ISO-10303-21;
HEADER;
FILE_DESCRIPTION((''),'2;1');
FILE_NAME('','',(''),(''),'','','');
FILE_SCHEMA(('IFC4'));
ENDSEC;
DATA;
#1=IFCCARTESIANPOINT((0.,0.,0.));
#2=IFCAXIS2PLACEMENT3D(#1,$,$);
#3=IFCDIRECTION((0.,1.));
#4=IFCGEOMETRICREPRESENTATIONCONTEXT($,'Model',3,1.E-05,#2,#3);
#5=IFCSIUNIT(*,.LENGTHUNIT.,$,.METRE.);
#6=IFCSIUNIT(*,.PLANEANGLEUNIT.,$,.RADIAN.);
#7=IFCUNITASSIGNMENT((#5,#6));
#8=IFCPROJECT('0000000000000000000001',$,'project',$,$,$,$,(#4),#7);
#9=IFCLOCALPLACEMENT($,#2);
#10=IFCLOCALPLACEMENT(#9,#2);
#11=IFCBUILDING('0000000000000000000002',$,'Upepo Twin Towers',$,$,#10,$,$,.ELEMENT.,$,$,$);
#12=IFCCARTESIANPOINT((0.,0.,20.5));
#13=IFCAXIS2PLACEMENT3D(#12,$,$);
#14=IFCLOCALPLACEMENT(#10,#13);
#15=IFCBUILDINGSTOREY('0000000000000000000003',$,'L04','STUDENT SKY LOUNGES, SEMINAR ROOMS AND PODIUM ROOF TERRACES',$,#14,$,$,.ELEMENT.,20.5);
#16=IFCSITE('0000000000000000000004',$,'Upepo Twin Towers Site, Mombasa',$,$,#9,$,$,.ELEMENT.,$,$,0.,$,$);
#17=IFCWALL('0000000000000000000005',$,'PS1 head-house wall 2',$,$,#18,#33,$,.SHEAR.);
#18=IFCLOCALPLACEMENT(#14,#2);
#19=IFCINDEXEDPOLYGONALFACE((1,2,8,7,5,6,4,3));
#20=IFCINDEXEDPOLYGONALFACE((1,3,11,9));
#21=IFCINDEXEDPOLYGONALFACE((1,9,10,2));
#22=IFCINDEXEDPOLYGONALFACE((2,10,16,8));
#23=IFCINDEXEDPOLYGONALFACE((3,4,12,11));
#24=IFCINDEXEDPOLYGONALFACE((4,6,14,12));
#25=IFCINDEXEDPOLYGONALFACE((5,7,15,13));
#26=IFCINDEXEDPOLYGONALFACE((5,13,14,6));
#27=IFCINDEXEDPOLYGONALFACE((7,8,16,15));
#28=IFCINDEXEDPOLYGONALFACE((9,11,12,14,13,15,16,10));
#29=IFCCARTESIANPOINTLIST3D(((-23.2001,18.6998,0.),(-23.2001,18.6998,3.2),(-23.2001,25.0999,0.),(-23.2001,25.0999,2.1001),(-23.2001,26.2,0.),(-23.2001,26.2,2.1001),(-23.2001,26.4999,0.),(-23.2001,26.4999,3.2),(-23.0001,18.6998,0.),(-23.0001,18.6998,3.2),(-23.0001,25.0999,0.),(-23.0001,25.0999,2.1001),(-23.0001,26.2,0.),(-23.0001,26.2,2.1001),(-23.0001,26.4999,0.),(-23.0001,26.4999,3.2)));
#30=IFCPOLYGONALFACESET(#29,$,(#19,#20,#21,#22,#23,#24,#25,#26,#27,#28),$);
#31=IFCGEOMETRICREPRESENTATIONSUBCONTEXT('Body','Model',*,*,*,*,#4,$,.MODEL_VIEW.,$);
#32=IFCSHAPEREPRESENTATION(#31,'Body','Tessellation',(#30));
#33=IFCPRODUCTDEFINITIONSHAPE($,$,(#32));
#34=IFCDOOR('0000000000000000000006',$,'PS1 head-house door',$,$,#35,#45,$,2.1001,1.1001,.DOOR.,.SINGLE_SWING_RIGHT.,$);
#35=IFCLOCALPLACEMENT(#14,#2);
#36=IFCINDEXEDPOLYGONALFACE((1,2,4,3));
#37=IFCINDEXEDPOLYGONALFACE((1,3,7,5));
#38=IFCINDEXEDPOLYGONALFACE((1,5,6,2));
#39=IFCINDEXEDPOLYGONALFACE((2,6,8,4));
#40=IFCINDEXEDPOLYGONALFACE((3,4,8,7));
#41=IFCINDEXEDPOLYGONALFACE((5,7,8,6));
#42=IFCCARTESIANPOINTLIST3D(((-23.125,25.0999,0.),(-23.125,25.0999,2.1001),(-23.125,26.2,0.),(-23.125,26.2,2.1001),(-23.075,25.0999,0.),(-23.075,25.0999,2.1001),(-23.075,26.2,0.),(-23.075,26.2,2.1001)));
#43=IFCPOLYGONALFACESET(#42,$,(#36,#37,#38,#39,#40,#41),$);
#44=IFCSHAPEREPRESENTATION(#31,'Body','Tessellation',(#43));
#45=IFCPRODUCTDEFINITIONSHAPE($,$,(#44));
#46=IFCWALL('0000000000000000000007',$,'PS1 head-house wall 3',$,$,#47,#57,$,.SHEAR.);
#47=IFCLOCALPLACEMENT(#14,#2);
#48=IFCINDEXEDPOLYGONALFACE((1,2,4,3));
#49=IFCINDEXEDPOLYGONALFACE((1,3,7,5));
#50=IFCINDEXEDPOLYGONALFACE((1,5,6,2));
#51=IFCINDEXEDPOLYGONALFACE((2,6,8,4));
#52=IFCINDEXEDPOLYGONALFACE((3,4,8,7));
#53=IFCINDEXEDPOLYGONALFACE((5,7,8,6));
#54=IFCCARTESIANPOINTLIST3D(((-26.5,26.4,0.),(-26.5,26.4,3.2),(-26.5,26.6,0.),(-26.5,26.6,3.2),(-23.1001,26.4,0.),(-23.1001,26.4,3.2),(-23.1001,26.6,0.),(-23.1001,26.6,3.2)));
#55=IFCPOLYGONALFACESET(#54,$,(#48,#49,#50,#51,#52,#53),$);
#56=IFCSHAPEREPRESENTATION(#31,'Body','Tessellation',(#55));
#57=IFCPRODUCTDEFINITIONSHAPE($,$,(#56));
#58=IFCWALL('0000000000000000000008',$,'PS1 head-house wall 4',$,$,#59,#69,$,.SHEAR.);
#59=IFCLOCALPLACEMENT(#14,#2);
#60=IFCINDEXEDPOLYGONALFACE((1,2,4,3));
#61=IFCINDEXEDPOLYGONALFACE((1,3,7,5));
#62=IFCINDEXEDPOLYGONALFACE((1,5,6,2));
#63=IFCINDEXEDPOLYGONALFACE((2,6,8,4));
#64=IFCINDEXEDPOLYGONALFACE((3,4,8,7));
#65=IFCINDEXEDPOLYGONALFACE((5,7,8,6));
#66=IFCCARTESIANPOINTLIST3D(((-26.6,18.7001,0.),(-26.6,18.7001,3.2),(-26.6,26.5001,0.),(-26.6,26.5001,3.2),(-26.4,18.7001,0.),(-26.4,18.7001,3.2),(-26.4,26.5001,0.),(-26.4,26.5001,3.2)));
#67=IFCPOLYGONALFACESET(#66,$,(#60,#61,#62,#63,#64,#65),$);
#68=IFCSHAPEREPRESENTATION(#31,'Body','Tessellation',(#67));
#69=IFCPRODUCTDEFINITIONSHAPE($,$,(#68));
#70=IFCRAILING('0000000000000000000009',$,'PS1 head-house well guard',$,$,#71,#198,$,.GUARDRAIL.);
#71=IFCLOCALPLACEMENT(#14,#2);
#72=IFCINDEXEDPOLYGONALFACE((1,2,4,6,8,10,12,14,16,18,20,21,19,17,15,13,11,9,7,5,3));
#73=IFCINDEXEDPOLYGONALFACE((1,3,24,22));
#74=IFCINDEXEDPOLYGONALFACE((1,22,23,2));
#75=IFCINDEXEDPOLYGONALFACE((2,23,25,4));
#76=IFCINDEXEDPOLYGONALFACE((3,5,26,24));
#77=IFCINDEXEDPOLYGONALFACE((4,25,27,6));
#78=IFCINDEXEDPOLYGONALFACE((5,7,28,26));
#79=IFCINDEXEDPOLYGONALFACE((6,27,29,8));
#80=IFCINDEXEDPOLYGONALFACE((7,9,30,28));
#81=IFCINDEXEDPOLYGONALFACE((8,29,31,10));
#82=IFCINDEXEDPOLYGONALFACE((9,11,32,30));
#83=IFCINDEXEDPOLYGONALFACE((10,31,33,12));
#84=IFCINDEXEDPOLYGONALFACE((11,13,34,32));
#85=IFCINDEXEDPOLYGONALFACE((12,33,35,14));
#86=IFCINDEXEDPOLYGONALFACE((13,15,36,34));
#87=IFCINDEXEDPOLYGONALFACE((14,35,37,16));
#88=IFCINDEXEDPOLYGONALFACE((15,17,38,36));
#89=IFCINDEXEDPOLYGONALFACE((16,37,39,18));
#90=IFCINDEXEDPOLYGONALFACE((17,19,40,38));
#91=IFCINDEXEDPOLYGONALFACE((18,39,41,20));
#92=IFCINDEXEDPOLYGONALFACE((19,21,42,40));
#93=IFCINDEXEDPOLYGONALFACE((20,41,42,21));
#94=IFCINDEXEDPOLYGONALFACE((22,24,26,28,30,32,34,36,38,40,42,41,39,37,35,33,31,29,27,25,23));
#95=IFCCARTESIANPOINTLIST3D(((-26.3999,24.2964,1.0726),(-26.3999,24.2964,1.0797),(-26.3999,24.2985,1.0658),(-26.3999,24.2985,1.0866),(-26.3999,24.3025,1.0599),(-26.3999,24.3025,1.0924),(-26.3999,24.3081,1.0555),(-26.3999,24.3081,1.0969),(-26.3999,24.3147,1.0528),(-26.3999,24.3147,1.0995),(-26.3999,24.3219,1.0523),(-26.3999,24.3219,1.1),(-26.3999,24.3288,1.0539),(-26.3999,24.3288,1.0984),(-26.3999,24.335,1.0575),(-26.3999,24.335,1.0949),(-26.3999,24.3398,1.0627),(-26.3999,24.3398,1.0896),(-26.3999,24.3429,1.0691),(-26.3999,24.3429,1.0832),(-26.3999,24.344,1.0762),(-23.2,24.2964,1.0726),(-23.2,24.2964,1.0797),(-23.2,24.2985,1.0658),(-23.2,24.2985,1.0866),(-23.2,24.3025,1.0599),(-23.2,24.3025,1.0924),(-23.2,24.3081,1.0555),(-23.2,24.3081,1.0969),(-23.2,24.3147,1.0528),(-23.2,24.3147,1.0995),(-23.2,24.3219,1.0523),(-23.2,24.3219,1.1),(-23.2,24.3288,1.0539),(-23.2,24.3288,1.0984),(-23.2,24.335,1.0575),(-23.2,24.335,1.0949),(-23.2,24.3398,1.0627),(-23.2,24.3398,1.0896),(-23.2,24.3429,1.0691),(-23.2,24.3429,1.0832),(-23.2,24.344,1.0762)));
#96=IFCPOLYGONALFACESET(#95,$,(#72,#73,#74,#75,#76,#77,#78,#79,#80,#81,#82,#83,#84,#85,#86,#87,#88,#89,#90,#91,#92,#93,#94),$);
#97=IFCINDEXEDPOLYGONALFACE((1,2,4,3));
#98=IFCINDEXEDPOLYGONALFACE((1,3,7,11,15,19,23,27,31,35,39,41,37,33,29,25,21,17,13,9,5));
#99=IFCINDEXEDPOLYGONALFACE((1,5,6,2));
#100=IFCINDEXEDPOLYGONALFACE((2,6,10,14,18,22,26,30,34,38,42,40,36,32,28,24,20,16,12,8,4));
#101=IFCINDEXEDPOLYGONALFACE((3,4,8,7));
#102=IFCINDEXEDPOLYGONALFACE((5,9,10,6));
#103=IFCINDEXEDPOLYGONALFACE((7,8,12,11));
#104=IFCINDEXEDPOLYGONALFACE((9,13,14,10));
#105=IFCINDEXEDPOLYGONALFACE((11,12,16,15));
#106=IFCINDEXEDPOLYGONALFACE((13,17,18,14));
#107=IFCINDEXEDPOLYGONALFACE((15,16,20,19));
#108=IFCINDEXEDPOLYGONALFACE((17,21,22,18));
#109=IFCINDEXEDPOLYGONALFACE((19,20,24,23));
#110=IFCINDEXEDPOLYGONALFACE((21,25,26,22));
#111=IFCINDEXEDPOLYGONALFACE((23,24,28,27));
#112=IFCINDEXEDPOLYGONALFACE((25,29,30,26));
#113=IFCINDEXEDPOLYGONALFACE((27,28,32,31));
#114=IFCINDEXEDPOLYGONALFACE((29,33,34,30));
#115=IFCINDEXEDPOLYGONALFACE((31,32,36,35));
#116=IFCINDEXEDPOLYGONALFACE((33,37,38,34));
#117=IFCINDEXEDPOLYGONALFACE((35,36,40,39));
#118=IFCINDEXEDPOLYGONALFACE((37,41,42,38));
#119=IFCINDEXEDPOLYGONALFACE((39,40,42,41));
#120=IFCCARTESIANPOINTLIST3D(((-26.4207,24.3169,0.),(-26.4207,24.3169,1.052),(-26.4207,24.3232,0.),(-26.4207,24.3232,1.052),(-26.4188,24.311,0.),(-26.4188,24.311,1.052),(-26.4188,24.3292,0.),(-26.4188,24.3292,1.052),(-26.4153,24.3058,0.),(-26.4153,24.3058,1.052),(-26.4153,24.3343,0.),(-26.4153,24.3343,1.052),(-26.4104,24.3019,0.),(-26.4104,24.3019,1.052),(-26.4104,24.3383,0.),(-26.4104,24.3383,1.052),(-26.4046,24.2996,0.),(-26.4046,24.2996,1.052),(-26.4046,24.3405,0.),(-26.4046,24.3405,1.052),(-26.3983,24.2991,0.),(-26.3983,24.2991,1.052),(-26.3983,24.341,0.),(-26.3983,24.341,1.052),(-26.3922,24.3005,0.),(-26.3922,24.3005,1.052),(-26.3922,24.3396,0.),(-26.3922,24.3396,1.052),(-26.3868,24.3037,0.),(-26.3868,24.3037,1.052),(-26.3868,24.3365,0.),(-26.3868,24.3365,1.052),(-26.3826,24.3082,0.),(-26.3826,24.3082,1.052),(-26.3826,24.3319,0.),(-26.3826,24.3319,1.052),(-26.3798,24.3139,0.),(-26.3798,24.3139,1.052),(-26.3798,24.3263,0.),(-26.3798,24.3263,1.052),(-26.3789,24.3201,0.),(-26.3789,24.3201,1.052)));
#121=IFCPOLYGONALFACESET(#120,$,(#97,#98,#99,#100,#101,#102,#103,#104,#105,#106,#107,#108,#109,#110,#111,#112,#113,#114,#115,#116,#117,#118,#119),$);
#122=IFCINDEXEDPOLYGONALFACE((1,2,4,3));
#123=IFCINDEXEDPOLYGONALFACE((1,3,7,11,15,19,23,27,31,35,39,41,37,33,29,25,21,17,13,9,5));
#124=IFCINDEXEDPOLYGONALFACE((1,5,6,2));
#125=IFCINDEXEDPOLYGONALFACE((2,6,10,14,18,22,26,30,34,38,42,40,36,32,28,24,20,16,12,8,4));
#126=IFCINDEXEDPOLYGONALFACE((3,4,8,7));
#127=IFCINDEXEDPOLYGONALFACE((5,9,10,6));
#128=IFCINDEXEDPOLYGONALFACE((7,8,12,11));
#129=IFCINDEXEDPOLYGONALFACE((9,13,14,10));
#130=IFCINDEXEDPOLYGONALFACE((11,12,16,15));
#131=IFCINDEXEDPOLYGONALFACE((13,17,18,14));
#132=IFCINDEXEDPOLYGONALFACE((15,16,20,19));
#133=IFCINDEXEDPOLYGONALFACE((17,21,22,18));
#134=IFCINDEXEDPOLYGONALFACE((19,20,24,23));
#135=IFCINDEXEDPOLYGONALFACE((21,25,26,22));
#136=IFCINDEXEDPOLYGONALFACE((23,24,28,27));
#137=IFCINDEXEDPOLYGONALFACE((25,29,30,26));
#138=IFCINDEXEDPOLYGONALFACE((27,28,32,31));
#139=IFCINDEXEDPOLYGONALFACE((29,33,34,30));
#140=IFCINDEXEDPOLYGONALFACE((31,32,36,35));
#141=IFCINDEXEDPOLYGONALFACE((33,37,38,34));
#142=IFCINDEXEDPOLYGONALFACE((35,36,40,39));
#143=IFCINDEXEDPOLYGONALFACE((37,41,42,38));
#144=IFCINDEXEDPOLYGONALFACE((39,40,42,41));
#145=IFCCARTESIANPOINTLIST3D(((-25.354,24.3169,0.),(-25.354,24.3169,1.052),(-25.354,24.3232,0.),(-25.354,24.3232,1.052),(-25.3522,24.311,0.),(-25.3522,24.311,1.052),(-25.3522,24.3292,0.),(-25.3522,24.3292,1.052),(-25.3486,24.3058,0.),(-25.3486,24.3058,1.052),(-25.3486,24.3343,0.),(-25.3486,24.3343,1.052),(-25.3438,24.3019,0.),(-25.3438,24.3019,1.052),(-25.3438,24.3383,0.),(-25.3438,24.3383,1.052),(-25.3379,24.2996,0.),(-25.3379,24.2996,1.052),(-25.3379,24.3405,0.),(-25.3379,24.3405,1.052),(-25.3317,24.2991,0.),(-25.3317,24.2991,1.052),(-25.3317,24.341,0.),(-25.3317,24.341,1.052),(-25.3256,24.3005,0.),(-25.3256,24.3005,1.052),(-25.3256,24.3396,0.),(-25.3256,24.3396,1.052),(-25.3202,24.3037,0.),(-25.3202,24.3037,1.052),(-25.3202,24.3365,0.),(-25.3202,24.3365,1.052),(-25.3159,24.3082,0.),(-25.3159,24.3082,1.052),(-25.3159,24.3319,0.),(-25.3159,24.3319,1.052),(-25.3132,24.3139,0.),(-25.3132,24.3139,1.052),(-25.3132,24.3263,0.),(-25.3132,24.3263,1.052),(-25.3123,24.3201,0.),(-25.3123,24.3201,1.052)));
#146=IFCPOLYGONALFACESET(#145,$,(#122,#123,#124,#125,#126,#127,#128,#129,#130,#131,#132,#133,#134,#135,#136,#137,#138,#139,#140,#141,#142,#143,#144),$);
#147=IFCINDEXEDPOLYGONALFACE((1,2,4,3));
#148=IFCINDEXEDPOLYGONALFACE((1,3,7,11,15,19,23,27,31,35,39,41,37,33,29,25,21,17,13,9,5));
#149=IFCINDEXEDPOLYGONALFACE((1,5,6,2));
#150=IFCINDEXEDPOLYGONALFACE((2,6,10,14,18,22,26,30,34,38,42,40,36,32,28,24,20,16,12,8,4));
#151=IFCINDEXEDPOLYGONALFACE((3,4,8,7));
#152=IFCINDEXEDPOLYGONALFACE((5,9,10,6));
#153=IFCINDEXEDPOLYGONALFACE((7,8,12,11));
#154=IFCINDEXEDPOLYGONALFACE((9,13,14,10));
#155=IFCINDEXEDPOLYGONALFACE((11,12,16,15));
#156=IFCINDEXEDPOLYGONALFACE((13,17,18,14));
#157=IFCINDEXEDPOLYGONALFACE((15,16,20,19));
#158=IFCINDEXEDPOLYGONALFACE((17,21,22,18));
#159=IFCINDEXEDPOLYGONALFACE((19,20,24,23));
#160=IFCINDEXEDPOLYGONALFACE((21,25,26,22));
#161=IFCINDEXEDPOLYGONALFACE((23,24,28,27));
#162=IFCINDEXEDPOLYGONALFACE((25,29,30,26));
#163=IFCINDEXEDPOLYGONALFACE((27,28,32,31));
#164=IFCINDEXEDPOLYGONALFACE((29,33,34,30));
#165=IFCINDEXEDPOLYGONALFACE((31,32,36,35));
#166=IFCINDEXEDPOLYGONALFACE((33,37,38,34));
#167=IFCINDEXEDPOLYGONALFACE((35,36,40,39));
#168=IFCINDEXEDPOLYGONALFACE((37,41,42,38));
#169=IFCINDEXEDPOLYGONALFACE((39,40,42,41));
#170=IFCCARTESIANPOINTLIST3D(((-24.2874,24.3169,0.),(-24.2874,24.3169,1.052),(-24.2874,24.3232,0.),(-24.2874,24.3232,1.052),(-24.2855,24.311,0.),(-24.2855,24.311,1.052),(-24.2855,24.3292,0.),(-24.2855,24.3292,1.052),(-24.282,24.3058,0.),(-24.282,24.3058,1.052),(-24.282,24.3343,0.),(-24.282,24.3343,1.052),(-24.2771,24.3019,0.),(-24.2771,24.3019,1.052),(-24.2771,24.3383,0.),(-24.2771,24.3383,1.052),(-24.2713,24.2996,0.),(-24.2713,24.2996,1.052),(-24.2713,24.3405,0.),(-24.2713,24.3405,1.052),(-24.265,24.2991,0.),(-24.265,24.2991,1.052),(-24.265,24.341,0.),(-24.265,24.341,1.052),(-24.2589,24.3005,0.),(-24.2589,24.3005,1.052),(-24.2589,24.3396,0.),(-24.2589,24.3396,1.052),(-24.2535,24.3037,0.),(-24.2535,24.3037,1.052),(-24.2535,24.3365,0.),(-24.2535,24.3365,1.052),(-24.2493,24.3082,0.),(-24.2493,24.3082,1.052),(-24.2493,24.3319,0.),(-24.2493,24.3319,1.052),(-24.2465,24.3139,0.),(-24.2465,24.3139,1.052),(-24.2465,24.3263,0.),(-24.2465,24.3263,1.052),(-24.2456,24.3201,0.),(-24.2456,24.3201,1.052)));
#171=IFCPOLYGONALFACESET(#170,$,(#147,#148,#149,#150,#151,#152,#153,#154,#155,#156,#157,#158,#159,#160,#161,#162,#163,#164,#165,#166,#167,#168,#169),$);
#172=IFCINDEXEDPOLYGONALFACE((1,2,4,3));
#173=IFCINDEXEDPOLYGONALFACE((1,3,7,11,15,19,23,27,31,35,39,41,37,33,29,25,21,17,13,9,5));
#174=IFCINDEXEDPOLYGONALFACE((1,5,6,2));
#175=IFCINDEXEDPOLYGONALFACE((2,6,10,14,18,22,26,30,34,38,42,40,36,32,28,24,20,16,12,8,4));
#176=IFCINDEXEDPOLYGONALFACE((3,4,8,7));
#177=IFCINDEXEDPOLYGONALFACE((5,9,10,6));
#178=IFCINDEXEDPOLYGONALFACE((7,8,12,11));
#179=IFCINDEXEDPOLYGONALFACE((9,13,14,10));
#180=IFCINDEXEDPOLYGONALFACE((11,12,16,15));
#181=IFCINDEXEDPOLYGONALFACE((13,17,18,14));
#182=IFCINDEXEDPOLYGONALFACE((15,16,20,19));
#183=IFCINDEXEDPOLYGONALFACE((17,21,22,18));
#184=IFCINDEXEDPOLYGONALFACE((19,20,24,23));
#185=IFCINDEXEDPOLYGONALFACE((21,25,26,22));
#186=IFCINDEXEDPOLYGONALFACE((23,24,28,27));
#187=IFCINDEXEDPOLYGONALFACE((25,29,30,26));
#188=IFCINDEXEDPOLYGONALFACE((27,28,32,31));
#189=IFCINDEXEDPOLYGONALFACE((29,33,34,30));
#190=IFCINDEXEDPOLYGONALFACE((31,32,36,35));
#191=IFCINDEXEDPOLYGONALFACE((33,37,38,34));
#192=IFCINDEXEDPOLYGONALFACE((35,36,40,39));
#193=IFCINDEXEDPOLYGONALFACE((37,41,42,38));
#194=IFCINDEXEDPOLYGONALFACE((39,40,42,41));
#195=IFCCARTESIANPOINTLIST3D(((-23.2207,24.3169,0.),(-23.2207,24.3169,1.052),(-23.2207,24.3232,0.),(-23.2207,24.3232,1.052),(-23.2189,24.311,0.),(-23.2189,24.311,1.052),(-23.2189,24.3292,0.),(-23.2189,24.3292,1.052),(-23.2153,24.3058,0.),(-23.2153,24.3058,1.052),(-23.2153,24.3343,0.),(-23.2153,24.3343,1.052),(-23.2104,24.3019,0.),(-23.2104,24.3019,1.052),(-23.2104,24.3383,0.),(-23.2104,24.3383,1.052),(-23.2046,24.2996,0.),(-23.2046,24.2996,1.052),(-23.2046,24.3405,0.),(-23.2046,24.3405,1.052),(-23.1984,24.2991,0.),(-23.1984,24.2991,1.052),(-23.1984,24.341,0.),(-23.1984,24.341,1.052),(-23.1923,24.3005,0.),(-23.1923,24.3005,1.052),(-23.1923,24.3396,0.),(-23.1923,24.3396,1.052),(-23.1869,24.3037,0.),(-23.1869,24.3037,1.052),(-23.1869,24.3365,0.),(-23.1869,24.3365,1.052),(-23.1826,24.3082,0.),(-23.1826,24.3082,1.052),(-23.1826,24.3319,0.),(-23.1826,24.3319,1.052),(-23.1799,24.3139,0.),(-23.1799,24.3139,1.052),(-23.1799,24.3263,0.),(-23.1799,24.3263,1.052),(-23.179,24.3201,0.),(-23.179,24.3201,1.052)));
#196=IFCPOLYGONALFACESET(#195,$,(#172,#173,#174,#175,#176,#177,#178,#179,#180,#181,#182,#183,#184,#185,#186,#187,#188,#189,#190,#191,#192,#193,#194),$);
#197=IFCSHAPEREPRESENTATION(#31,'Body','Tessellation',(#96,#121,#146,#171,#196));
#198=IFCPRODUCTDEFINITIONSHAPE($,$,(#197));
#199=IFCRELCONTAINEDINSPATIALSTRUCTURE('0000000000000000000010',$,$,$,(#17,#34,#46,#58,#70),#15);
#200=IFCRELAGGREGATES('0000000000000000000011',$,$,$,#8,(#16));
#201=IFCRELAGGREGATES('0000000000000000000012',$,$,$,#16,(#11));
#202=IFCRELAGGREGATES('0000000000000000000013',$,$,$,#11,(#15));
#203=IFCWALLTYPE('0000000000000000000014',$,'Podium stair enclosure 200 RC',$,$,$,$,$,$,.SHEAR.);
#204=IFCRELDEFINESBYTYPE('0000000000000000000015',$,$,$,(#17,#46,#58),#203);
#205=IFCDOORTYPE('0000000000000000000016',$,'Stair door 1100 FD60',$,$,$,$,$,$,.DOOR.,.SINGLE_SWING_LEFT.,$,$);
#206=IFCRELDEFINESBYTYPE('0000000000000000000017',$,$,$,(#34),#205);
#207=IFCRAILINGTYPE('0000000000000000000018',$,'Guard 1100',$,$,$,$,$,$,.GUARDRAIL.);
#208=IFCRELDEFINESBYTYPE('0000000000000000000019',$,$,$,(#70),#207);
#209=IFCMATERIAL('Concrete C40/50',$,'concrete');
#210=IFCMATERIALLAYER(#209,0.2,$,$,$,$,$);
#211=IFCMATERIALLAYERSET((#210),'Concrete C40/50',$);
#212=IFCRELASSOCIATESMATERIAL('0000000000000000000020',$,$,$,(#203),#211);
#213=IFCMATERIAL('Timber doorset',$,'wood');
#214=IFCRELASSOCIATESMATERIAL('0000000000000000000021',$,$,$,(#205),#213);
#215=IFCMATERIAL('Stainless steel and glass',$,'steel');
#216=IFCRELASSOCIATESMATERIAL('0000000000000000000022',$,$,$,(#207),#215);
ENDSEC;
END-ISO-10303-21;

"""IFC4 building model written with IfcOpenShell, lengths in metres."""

from ifc_helpers import new_model, si_unit, direction, frame, frame_2d, origin, origin_2d, place, context, subcontext, project, spatial, rectangle, circle, extrude, material, layer, layer_set, type_object, element, fill, save


model = new_model("IFC4")

# Units and contexts
model_context = context("Model", 3, precision=1e-05, world=origin(), true_north=direction((0.0, 1.0)))
body_context = subcontext(model_context, "Body", "Model", "MODEL_VIEW")
ifc_project = project(units=[si_unit("LENGTHUNIT", "METRE"), si_unit("PLANEANGLEUNIT", "RADIAN")], contexts=[model_context])

# Site, building, storey
site_placement = place(None, origin())
site = spatial("IfcSite", under=ifc_project, at=site_placement, Name="Upepo Twin Towers Site, Mombasa", CompositionType="ELEMENT", RefElevation=0.0)
building_placement = place(site_placement, origin())
building = spatial("IfcBuilding", under=site, at=building_placement, Name="Upepo Twin Towers", CompositionType="ELEMENT")
storey_placement = place(building_placement, frame((0.0, 0.0, 20.5)))
storey = spatial("IfcBuildingStorey", under=building, at=storey_placement, Name="L04", Description="STUDENT SKY LOUNGES, SEMINAR ROOMS AND PODIUM ROOF TERRACES", CompositionType="ELEMENT", Elevation=20.5)

# Shared definitions
ifc_material_1 = material(Name="Concrete C40/50", Category="concrete")
ifc_layer_1 = layer(ifc_material_1, 0.2)
ifc_layer_set_1 = layer_set([ifc_layer_1], Name="Concrete C40/50")
wall_type_1 = type_object("IfcWallType", Name="Podium stair enclosure 200 RC", PredefinedType="SHEAR", material=ifc_layer_set_1)

# Wall, opening, door
wall_1_placement = place(storey_placement, frame((-23.1001, 18.7, 0.0), z_axis=(0.0, 0.0, 1.0), x_axis=(0.0, 1.0, 0.0)))
wall_1 = element("IfcWall", 1, at=wall_1_placement, inside=storey, type_object=wall_type_1, Name="PS1 head-house wall 2", PredefinedType="SHEAR", context=body_context, shape_type="SweptSolid", body=[
    extrude(rectangle(XDim=7.8, YDim=0.2, at=frame_2d((3.8999, 0.0))), origin(), (0.0, 0.0, 1.0), 3.2),
])
opening_1_placement = place(wall_1_placement, frame((6.3999, 0.0, 0.0)))
opening_1 = element("IfcOpeningElement", 2, at=opening_1_placement, cuts=wall_1, PredefinedType="OPENING", context=body_context, shape_type="SweptSolid", body=[
    extrude(rectangle(XDim=1.1001, YDim=2.1001, at=frame_2d((0.55, 1.05))), frame((0.0, 0.1099, 0.0), z_axis=(0.0, -1.0, 0.0), x_axis=(1.0, 0.0, 0.0)), (0.0, 0.0, 1.0), 0.22),
])
ifc_material_2 = material(Name="Timber doorset", Category="wood")
door_type_1 = type_object("IfcDoorType", Name="Stair door 1100 FD60", OperationType="SINGLE_SWING_LEFT", PredefinedType="DOOR", material=ifc_material_2)
door_1_placement = place(opening_1_placement, origin())
door_1 = element("IfcDoor", 3, at=door_1_placement, inside=storey, type_object=door_type_1, Name="PS1 head-house door", OperationType="SINGLE_SWING_RIGHT", OverallHeight=2.1001, OverallWidth=1.1001, PredefinedType="DOOR", context=body_context, shape_type="SweptSolid", body=[
    extrude(rectangle(XDim=1.1001, YDim=2.1001, at=frame_2d((0.55, 1.05))), frame((0.0, 0.0249, 0.0), z_axis=(0.0, -1.0, 0.0), x_axis=(1.0, 0.0, 0.0)), (0.0, 0.0, 1.0), 0.05),
])
fill(opening_1, door_1)

# Walls
wall_2_placement = place(storey_placement, frame((-23.1001, 26.5, 0.0), z_axis=(0.0, 0.0, 1.0), x_axis=(-1.0, 0.0, 0.0)))
element("IfcWall", 4, at=wall_2_placement, inside=storey, type_object=wall_type_1, Name="PS1 head-house wall 3", PredefinedType="SHEAR", context=body_context, shape_type="SweptSolid", body=[
    extrude(rectangle(XDim=3.3999, YDim=0.2, at=frame_2d((1.7, 0.0))), origin(), (0.0, 0.0, 1.0), 3.2),
])
wall_3_placement = place(storey_placement, frame((-26.5, 26.5, 0.0), z_axis=(0.0, 0.0, 1.0), x_axis=(0.0, -1.0, 0.0)))
element("IfcWall", 5, at=wall_3_placement, inside=storey, type_object=wall_type_1, Name="PS1 head-house wall 4", PredefinedType="SHEAR", context=body_context, shape_type="SweptSolid", body=[
    extrude(rectangle(XDim=7.8, YDim=0.2, at=frame_2d((3.8999, 0.0))), origin(), (0.0, 0.0, 1.0), 3.2),
])

# Railing
ifc_material_3 = material(Name="Stainless steel and glass", Category="steel")
railing_type_1 = type_object("IfcRailingType", Name="Guard 1100", PredefinedType="GUARDRAIL", material=ifc_material_3)
railing_1_placement = place(storey_placement, frame((-26.3999, 24.3201, 0.0)))
element("IfcRailing", 6, at=railing_1_placement, inside=storey, type_object=railing_type_1, Name="PS1 head-house well guard", PredefinedType="GUARDRAIL", context=body_context, shape_type="SweptSolid", body=[
    extrude(circle(Radius=0.0239, at=origin_2d()), frame((0.0, 0.0, 1.0762), z_axis=(1.0, 0.0, 0.0), x_axis=(0.0, 1.0, 0.0)), (0.0, 0.0, 1.0), 3.2),
    extrude(circle(Radius=0.021, at=origin_2d()), origin(), (0.0, 0.0, 1.0), 1.052),
    extrude(circle(Radius=0.021, at=origin_2d()), frame((1.0667, 0.0, 0.0)), (0.0, 0.0, 1.0), 1.052),
    extrude(circle(Radius=0.021, at=origin_2d()), frame((2.1333, 0.0, 0.0)), (0.0, 0.0, 1.0), 1.052),
    extrude(circle(Radius=0.021, at=origin_2d()), frame((3.2, 0.0, 0.0)), (0.0, 0.0, 1.0), 1.052),
])

save(model, "model.ifc")
